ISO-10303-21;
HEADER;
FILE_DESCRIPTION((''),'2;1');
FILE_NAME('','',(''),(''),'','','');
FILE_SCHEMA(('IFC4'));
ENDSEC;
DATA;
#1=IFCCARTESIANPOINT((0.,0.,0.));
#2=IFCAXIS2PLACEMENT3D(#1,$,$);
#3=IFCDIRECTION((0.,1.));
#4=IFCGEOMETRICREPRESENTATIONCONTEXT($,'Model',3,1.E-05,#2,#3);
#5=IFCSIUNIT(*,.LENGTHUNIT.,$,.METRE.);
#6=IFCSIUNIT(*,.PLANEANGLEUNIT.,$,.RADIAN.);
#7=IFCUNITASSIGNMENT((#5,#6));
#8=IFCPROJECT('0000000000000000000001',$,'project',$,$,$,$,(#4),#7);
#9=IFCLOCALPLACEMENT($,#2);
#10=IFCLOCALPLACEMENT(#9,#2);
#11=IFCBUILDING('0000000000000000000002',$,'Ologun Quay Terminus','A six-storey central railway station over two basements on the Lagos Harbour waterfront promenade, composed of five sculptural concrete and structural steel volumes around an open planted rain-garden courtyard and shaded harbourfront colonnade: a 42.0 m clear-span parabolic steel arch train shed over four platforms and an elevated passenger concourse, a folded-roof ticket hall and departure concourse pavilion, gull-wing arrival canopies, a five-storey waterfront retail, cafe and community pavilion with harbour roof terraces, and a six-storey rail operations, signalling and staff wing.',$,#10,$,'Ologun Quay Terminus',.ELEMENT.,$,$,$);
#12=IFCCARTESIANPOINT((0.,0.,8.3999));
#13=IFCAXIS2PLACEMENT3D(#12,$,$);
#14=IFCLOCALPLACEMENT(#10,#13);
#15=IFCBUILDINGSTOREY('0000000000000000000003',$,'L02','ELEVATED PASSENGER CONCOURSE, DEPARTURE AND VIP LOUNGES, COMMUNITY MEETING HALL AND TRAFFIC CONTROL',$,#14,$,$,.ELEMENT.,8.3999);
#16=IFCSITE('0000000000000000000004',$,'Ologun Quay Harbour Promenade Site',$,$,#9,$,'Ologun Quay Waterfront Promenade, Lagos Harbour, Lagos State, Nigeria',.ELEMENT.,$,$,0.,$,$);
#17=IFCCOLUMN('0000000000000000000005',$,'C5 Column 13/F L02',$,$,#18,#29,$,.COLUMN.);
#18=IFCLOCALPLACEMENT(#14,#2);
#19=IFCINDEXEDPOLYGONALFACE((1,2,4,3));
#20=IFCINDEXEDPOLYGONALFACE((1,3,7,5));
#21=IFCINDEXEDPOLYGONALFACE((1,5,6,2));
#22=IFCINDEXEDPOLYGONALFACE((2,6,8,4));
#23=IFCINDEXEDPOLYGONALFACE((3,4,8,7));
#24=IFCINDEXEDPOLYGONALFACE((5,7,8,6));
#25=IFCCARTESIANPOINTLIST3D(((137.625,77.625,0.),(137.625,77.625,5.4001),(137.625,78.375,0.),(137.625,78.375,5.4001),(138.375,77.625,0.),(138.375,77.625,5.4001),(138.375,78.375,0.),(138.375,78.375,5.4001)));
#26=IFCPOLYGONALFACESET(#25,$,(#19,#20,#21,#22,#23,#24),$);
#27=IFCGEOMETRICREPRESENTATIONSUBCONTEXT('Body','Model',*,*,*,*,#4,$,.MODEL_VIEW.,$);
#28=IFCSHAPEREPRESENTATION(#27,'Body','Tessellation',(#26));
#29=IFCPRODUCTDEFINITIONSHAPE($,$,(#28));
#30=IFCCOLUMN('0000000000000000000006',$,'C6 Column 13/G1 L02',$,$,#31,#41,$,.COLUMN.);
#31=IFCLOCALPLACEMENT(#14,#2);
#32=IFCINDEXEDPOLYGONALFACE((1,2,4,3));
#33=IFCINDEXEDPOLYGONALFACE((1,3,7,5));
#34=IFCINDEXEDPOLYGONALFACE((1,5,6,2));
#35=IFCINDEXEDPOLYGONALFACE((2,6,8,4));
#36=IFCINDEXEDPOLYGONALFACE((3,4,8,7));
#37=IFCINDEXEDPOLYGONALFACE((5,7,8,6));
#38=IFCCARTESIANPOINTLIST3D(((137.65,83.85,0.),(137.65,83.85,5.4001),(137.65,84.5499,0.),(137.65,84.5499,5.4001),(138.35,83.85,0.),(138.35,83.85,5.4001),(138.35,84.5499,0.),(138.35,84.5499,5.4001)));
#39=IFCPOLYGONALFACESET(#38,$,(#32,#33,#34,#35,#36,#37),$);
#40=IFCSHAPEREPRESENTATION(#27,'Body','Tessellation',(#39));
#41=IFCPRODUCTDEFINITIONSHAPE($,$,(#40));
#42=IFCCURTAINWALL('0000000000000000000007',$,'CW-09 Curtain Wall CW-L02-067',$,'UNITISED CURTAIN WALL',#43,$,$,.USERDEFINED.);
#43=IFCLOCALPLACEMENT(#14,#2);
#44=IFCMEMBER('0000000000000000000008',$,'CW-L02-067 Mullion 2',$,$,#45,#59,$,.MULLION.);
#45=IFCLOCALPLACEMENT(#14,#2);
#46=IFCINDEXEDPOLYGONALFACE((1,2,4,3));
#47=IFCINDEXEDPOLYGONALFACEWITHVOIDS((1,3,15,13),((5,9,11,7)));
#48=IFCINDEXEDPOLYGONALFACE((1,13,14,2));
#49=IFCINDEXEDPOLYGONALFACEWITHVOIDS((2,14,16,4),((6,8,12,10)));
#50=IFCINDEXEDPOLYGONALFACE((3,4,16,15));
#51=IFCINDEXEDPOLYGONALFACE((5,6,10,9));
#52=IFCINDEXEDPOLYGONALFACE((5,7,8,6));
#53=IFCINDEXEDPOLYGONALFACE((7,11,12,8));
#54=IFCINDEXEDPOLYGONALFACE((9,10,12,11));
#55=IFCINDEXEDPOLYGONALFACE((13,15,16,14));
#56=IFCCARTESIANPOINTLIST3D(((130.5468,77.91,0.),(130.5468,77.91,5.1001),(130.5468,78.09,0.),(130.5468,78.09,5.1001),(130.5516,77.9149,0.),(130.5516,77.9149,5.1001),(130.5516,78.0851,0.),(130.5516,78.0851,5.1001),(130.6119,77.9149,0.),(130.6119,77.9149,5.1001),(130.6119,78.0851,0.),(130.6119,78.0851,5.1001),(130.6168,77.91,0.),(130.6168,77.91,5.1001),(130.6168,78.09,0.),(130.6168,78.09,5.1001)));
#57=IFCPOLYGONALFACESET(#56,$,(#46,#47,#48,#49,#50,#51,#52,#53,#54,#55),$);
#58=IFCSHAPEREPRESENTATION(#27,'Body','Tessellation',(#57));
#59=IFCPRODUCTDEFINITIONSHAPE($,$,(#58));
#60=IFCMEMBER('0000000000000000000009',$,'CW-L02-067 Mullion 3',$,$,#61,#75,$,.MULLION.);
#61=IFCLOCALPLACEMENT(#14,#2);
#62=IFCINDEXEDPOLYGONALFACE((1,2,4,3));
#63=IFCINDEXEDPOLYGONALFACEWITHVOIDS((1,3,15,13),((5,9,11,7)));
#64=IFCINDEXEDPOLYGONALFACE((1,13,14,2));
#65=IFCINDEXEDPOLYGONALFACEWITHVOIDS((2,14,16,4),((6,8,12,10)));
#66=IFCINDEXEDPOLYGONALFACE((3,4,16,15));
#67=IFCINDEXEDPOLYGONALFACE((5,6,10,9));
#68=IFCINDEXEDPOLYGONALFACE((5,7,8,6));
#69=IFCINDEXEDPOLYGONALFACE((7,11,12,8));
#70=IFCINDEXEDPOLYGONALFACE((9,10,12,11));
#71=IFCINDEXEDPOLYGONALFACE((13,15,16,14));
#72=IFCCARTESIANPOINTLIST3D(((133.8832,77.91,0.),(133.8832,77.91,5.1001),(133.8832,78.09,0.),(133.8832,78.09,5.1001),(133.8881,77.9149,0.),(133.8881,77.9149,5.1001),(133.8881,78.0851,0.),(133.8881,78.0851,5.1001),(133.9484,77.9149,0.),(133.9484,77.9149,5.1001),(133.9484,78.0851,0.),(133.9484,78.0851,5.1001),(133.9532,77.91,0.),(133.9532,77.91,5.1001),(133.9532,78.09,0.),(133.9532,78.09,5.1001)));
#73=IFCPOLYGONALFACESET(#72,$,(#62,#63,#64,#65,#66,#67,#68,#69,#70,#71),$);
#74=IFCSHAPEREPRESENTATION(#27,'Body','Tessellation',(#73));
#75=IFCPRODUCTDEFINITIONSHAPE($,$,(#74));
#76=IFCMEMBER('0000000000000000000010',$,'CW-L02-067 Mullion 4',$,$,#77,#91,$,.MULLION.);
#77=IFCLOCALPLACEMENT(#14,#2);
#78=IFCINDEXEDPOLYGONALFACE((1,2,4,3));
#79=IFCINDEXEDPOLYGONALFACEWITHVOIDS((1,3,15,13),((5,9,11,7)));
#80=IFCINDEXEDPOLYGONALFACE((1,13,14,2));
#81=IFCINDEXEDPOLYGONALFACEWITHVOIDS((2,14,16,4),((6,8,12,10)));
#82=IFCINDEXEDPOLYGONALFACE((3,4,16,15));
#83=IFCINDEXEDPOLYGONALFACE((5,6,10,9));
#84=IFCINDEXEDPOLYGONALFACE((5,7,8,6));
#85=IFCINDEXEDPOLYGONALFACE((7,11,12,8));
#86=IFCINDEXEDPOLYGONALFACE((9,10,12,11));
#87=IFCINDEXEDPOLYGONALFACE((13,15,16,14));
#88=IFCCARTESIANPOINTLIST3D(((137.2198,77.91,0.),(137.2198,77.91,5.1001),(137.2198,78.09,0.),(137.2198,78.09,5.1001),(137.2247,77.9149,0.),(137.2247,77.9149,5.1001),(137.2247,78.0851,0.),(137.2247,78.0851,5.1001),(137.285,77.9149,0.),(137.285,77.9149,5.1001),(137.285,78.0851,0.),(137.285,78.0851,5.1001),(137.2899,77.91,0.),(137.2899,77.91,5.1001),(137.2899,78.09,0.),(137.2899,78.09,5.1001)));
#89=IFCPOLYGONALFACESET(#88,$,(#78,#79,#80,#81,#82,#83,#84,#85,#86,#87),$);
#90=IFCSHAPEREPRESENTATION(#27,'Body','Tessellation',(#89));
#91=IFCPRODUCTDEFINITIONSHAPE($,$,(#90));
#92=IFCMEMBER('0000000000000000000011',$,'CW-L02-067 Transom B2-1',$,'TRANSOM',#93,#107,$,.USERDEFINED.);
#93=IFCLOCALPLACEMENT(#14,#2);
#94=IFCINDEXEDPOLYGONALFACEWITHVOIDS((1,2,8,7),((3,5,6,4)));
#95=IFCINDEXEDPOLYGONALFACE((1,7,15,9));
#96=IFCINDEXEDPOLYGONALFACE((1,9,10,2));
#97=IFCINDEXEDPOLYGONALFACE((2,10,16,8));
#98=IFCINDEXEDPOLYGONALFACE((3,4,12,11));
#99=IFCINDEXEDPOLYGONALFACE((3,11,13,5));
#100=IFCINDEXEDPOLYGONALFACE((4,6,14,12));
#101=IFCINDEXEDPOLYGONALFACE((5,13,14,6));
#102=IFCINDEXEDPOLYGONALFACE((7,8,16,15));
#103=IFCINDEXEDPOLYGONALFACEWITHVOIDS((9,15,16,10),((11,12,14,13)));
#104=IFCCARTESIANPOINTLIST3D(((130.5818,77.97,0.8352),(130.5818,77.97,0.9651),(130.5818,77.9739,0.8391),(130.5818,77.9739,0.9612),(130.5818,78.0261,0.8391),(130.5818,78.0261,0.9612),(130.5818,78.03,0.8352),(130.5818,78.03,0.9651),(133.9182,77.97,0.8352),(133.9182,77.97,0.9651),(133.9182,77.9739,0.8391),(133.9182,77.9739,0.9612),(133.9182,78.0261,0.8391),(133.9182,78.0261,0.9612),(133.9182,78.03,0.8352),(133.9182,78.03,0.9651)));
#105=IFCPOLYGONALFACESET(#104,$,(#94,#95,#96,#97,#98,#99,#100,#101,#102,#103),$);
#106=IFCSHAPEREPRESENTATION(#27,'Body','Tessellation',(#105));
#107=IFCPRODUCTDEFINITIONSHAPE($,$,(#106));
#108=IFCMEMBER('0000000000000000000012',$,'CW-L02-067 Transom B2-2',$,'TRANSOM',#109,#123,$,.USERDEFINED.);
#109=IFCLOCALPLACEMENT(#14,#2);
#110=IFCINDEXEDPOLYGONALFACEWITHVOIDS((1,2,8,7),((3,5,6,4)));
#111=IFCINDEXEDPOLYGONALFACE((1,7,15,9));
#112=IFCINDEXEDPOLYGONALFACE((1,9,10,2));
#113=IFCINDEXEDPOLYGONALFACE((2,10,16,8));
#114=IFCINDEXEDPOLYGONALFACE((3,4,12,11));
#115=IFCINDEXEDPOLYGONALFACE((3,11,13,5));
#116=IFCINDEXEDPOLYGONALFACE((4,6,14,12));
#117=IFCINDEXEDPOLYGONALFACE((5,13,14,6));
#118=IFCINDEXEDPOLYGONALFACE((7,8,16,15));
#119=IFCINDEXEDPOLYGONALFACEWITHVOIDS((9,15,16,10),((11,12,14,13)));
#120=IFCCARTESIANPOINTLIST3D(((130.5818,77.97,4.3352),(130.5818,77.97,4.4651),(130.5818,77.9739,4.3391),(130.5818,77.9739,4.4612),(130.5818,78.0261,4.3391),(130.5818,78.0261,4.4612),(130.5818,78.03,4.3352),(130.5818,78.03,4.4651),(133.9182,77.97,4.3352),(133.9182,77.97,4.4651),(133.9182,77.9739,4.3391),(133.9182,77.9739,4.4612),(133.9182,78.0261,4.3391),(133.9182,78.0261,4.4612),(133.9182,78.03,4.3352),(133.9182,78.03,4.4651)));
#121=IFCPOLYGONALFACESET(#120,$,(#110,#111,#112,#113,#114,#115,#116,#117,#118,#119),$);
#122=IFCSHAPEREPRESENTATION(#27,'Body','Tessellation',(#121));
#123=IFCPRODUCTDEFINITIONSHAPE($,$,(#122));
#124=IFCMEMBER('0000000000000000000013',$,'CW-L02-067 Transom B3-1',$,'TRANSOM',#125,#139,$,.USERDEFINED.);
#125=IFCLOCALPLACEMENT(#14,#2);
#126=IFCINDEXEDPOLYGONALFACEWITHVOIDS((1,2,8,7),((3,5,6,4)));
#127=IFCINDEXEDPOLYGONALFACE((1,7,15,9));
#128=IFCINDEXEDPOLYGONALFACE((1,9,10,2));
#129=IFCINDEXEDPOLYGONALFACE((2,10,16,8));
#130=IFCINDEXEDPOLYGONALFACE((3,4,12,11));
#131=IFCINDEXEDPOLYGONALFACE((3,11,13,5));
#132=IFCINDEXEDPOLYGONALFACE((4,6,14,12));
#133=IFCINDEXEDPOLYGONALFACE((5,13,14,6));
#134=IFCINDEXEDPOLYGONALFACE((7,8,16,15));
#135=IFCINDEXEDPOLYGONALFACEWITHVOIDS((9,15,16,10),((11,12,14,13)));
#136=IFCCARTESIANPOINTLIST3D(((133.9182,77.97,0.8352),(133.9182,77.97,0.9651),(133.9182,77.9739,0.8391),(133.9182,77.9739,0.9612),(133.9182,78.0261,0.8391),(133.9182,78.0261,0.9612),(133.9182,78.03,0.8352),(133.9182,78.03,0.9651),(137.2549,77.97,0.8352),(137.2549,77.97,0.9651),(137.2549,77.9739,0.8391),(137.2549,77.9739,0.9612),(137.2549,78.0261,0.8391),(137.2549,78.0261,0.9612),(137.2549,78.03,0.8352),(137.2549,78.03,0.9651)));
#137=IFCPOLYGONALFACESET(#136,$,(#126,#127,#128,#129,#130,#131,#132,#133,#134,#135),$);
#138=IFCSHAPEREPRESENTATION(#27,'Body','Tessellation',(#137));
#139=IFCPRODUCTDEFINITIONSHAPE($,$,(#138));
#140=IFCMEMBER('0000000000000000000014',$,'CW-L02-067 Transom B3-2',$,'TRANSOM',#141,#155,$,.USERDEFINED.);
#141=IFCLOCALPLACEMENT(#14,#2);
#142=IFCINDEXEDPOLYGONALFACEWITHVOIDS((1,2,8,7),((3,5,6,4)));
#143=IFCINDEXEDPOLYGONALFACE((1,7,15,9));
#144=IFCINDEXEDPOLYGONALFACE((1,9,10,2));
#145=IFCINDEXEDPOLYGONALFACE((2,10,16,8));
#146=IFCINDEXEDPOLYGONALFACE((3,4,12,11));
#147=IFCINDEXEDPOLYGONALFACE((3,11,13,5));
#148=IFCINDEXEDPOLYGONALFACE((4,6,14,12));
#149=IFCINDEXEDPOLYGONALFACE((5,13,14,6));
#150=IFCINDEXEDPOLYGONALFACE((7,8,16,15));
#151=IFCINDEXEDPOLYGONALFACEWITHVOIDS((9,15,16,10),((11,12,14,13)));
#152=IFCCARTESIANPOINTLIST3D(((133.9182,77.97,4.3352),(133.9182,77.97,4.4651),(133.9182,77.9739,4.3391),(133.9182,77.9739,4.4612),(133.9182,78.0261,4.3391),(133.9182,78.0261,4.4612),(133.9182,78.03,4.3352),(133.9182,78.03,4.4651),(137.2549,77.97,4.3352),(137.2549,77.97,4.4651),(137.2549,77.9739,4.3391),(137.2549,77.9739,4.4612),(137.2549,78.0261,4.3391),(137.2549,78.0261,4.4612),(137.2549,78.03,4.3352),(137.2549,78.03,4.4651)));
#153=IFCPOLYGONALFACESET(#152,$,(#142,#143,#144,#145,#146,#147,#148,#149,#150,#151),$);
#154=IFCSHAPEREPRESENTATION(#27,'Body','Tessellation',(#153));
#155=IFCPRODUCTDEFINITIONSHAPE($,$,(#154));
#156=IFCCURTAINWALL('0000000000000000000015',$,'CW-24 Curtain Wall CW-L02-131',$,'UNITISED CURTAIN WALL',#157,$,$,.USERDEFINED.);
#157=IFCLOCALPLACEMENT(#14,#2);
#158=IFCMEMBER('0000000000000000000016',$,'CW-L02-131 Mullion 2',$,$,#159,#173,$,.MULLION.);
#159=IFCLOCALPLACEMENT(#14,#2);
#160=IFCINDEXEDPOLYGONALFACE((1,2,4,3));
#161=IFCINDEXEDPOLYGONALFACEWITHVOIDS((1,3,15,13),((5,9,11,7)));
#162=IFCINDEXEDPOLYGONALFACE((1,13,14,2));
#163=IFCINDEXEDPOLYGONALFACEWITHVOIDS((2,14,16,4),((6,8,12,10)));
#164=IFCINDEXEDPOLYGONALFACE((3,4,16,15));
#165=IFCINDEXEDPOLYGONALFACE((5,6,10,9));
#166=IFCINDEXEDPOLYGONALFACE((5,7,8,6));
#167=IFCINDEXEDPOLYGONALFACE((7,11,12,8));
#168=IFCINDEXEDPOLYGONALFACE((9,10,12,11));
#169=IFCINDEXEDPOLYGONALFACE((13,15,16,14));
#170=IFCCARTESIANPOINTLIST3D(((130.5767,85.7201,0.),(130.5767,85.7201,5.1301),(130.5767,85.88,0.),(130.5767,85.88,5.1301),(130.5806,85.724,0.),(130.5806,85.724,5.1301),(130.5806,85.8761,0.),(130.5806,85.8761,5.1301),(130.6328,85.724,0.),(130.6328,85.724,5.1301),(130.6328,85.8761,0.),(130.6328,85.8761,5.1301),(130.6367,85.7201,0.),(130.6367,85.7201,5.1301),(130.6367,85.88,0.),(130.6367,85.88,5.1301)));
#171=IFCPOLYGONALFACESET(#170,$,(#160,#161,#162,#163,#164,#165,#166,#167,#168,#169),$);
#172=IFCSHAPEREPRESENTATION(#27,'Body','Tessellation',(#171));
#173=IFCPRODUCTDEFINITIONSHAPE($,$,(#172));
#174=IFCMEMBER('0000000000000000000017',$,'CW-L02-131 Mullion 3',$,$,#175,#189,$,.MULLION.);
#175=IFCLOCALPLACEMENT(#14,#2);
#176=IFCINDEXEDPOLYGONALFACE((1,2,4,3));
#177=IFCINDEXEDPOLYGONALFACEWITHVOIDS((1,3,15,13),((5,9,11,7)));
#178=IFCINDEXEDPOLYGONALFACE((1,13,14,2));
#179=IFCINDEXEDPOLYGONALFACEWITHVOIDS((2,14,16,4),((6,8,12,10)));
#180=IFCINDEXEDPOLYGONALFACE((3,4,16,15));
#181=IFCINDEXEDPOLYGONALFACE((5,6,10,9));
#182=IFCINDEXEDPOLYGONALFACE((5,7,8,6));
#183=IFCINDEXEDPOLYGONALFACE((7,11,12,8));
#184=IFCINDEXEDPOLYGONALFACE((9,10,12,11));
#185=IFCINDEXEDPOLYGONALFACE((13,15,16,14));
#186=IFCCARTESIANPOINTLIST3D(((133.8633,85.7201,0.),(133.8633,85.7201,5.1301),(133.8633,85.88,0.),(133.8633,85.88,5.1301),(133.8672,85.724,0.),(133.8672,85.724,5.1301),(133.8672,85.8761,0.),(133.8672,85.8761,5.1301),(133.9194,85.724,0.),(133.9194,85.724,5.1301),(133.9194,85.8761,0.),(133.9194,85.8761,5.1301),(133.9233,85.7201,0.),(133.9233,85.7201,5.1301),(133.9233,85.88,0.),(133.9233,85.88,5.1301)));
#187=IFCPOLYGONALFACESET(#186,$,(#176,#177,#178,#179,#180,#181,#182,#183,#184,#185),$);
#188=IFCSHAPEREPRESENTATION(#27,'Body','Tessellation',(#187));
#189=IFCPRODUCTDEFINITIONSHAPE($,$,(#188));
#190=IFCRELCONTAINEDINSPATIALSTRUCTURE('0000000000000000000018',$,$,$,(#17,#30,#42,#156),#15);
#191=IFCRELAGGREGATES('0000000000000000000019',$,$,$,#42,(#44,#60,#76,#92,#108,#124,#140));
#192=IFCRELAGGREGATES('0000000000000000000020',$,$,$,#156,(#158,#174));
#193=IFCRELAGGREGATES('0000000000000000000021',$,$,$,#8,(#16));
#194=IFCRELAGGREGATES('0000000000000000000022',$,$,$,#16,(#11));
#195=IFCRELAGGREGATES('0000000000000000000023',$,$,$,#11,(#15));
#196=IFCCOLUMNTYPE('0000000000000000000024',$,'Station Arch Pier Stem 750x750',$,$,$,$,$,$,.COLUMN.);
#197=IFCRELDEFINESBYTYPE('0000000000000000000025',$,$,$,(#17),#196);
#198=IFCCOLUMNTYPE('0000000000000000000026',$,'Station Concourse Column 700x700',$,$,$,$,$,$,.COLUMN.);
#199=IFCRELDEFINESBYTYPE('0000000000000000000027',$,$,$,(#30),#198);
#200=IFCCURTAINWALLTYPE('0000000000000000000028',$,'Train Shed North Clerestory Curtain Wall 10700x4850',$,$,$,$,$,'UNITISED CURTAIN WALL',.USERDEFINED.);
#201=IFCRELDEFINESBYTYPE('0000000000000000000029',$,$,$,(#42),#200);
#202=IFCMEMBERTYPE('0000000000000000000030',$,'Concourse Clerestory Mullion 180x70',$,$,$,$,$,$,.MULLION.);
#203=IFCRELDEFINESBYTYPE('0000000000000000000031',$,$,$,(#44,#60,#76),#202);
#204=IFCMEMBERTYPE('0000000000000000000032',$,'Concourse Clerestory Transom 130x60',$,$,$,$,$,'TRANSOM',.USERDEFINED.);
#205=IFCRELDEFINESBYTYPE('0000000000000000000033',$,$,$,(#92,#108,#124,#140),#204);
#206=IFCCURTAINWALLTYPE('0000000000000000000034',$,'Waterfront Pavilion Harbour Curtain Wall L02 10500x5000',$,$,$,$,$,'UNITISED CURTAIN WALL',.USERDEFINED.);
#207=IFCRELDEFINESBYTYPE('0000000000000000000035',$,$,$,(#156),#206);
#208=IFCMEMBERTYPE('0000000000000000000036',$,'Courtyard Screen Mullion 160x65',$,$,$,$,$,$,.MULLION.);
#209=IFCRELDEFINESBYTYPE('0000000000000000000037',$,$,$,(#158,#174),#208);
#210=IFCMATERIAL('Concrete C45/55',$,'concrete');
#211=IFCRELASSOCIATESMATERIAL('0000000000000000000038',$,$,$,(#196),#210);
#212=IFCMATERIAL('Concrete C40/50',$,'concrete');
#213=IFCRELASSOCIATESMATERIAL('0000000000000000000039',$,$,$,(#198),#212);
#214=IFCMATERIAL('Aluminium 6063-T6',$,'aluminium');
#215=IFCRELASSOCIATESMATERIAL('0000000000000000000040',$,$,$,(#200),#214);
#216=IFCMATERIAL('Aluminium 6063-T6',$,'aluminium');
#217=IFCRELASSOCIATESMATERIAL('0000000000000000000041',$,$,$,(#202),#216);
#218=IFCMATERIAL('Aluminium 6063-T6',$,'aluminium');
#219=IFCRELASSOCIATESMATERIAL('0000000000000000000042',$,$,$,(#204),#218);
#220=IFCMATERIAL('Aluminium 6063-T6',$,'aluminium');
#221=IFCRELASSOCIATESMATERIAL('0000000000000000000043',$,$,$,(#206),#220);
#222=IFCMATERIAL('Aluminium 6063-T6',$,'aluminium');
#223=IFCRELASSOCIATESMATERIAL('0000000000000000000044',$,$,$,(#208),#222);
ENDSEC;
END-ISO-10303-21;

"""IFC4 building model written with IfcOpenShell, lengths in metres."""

from ifc_helpers import new_model, si_unit, direction, frame, origin, origin_2d, place, context, subcontext, project, spatial, rectangle, hollow_rectangle, extrude, material, material_profile, profile_set, type_object, element, aggregate, save


model = new_model("IFC4")

# Units and contexts
model_context = context("Model", 3, precision=1e-05, world=origin(), true_north=direction((0.0, 1.0)))
body_context = subcontext(model_context, "Body", "Model", "MODEL_VIEW")
ifc_project = project(units=[si_unit("LENGTHUNIT", "METRE"), si_unit("PLANEANGLEUNIT", "RADIAN")], contexts=[model_context])

# Site, building, storey
site_placement = place(None, origin())
site = spatial("IfcSite", under=ifc_project, at=site_placement, Name="Ologun Quay Harbour Promenade Site", LongName="Ologun Quay Waterfront Promenade, Lagos Harbour, Lagos State, Nigeria", CompositionType="ELEMENT", RefElevation=0.0)
building_placement = place(site_placement, origin())
building = spatial("IfcBuilding", under=site, at=building_placement, Name="Ologun Quay Terminus", Description="A six-storey central railway station over two basements on the Lagos Harbour waterfront promenade, composed of five sculptural concrete and structural steel volumes around an open planted rain-garden courtyard and shaded harbourfront colonnade: a 42.0 m clear-span parabolic steel arch train shed over four platforms and an elevated passenger concourse, a folded-roof ticket hall and departure concourse pavilion, gull-wing arrival canopies, a five-storey waterfront retail, cafe and community pavilion with harbour roof terraces, and a six-storey rail operations, signalling and staff wing.", LongName="Ologun Quay Terminus", CompositionType="ELEMENT")
storey_placement = place(building_placement, frame((0.0, 0.0, 8.3999)))
storey = spatial("IfcBuildingStorey", under=building, at=storey_placement, Name="L02", Description="ELEVATED PASSENGER CONCOURSE, DEPARTURE AND VIP LOUNGES, COMMUNITY MEETING HALL AND TRAFFIC CONTROL", CompositionType="ELEMENT", Elevation=8.3999)

# Columns
ifc_material_1 = material(Name="Concrete C45/55", Category="concrete")
ifc_material_profile_1 = material_profile(ifc_material_1, rectangle(XDim=0.75, YDim=0.75, at=origin_2d()), Name="RC 750x750")
ifc_profile_set_1 = profile_set([ifc_material_profile_1], Name="Concrete C45/55")
column_type_1 = type_object("IfcColumnType", Name="Station Arch Pier Stem 750x750", PredefinedType="COLUMN", material=ifc_profile_set_1)
column_1_placement = place(storey_placement, frame((138.0, 78.0, 0.0), z_axis=(0.0, 0.0, 1.0), x_axis=(1.0, 0.0, 0.0)))
element("IfcColumn", 1, at=column_1_placement, inside=storey, type_object=column_type_1, Name="C5 Column 13/F L02", PredefinedType="COLUMN", context=body_context, shape_type="SweptSolid", body=[
    extrude(rectangle(XDim=0.75, YDim=0.75, at=origin_2d()), origin(), (0.0, 0.0, 1.0), 5.4001),
])
ifc_material_2 = material(Name="Concrete C40/50", Category="concrete")
ifc_material_profile_2 = material_profile(ifc_material_2, rectangle(XDim=0.7, YDim=0.7, at=origin_2d()), Name="RC 700x700")
ifc_profile_set_2 = profile_set([ifc_material_profile_2], Name="Concrete C40/50")
column_type_2 = type_object("IfcColumnType", Name="Station Concourse Column 700x700", PredefinedType="COLUMN", material=ifc_profile_set_2)
column_2_placement = place(storey_placement, frame((138.0, 84.2, 0.0), z_axis=(0.0, 0.0, 1.0), x_axis=(1.0, 0.0, 0.0)))
element("IfcColumn", 2, at=column_2_placement, inside=storey, type_object=column_type_2, Name="C6 Column 13/G1 L02", PredefinedType="COLUMN", context=body_context, shape_type="SweptSolid", body=[
    extrude(rectangle(XDim=0.7, YDim=0.7, at=origin_2d()), origin(), (0.0, 0.0, 1.0), 5.4001),
])

# Curtain walls, members
ifc_material_3 = material(Name="Aluminium 6063-T6", Category="aluminium")
curtain_wall_type_1 = type_object("IfcCurtainWallType", Name="Train Shed North Clerestory Curtain Wall 10700x4850", ElementType="UNITISED CURTAIN WALL", PredefinedType="USERDEFINED", material=ifc_material_3)
curtain_wall_1_placement = place(storey_placement, origin())
curtain_wall_1 = element("IfcCurtainWall", 3, at=curtain_wall_1_placement, inside=storey, type_object=curtain_wall_type_1, Name="CW-09 Curtain Wall CW-L02-067", ObjectType="UNITISED CURTAIN WALL", PredefinedType="USERDEFINED")
ifc_material_4 = material(Name="Aluminium 6063-T6", Category="aluminium")
ifc_material_profile_3 = material_profile(ifc_material_4, hollow_rectangle(XDim=0.0701, YDim=0.1799, WallThickness=0.0049, at=origin_2d()), Name="ALU 180x70x5")
ifc_profile_set_3 = profile_set([ifc_material_profile_3], Name="Aluminium 6063-T6")
member_type_1 = type_object("IfcMemberType", Name="Concourse Clerestory Mullion 180x70", PredefinedType="MULLION", material=ifc_profile_set_3)
member_1_placement = place(storey_placement, frame((130.5818, 78.0, 0.0), z_axis=(0.0, 0.0, 1.0), x_axis=(1.0, 0.0, 0.0)))
member_1 = element("IfcMember", 4, at=member_1_placement, type_object=member_type_1, Name="CW-L02-067 Mullion 2", PredefinedType="MULLION", context=body_context, shape_type="SweptSolid", body=[
    extrude(hollow_rectangle(XDim=0.0701, YDim=0.1799, WallThickness=0.0049, at=origin_2d()), origin(), (0.0, 0.0, 1.0), 5.1001),
])
member_2_placement = place(storey_placement, frame((133.9182, 78.0, 0.0), z_axis=(0.0, 0.0, 1.0), x_axis=(1.0, 0.0, 0.0)))
member_2 = element("IfcMember", 5, at=member_2_placement, type_object=member_type_1, Name="CW-L02-067 Mullion 3", PredefinedType="MULLION", context=body_context, shape_type="SweptSolid", body=[
    extrude(hollow_rectangle(XDim=0.0701, YDim=0.1799, WallThickness=0.0049, at=origin_2d()), origin(), (0.0, 0.0, 1.0), 5.1001),
])
member_3_placement = place(storey_placement, frame((137.2549, 78.0, 0.0), z_axis=(0.0, 0.0, 1.0), x_axis=(1.0, 0.0, 0.0)))
member_3 = element("IfcMember", 6, at=member_3_placement, type_object=member_type_1, Name="CW-L02-067 Mullion 4", PredefinedType="MULLION", context=body_context, shape_type="SweptSolid", body=[
    extrude(hollow_rectangle(XDim=0.0701, YDim=0.1799, WallThickness=0.0049, at=origin_2d()), origin(), (0.0, 0.0, 1.0), 5.1001),
])
ifc_material_5 = material(Name="Aluminium 6063-T6", Category="aluminium")
ifc_material_profile_4 = material_profile(ifc_material_5, hollow_rectangle(XDim=0.0601, YDim=0.1299, WallThickness=0.0039, at=origin_2d()), Name="ALU 130x60x4")
ifc_profile_set_4 = profile_set([ifc_material_profile_4], Name="Aluminium 6063-T6")
member_type_2 = type_object("IfcMemberType", Name="Concourse Clerestory Transom 130x60", ElementType="TRANSOM", PredefinedType="USERDEFINED", material=ifc_profile_set_4)
member_4_placement = place(storey_placement, frame((130.5818, 78.0, 0.9001), z_axis=(1.0, 0.0, 0.0), x_axis=(0.0, 1.0, 0.0)))
member_4 = element("IfcMember", 7, at=member_4_placement, type_object=member_type_2, Name="CW-L02-067 Transom B2-1", ObjectType="TRANSOM", PredefinedType="USERDEFINED", context=body_context, shape_type="SweptSolid", body=[
    extrude(hollow_rectangle(XDim=0.0601, YDim=0.1299, WallThickness=0.0039, at=origin_2d()), origin(), (0.0, 0.0, 1.0), 3.3364),
])
member_5_placement = place(storey_placement, frame((130.5818, 78.0, 4.4001), z_axis=(1.0, 0.0, 0.0), x_axis=(0.0, 1.0, 0.0)))
member_5 = element("IfcMember", 8, at=member_5_placement, type_object=member_type_2, Name="CW-L02-067 Transom B2-2", ObjectType="TRANSOM", PredefinedType="USERDEFINED", context=body_context, shape_type="SweptSolid", body=[
    extrude(hollow_rectangle(XDim=0.0601, YDim=0.1299, WallThickness=0.0039, at=origin_2d()), origin(), (0.0, 0.0, 1.0), 3.3364),
])
member_6_placement = place(storey_placement, frame((133.9182, 78.0, 0.9001), z_axis=(1.0, 0.0, 0.0), x_axis=(0.0, 1.0, 0.0)))
member_6 = element("IfcMember", 9, at=member_6_placement, type_object=member_type_2, Name="CW-L02-067 Transom B3-1", ObjectType="TRANSOM", PredefinedType="USERDEFINED", context=body_context, shape_type="SweptSolid", body=[
    extrude(hollow_rectangle(XDim=0.0601, YDim=0.1299, WallThickness=0.0039, at=origin_2d()), origin(), (0.0, 0.0, 1.0), 3.3367),
])
member_7_placement = place(storey_placement, frame((133.9182, 78.0, 4.4001), z_axis=(1.0, 0.0, 0.0), x_axis=(0.0, 1.0, 0.0)))
member_7 = element("IfcMember", 10, at=member_7_placement, type_object=member_type_2, Name="CW-L02-067 Transom B3-2", ObjectType="TRANSOM", PredefinedType="USERDEFINED", context=body_context, shape_type="SweptSolid", body=[
    extrude(hollow_rectangle(XDim=0.0601, YDim=0.1299, WallThickness=0.0039, at=origin_2d()), origin(), (0.0, 0.0, 1.0), 3.3367),
])
ifc_material_6 = material(Name="Aluminium 6063-T6", Category="aluminium")
curtain_wall_type_2 = type_object("IfcCurtainWallType", Name="Waterfront Pavilion Harbour Curtain Wall L02 10500x5000", ElementType="UNITISED CURTAIN WALL", PredefinedType="USERDEFINED", material=ifc_material_6)
curtain_wall_2_placement = place(storey_placement, origin())
curtain_wall_2 = element("IfcCurtainWall", 11, at=curtain_wall_2_placement, inside=storey, type_object=curtain_wall_type_2, Name="CW-24 Curtain Wall CW-L02-131", ObjectType="UNITISED CURTAIN WALL", PredefinedType="USERDEFINED")
ifc_material_7 = material(Name="Aluminium 6063-T6", Category="aluminium")
ifc_material_profile_5 = material_profile(ifc_material_7, hollow_rectangle(XDim=0.0601, YDim=0.1599, WallThickness=0.0039, at=origin_2d()), Name="ALU 160x60x4")
ifc_profile_set_5 = profile_set([ifc_material_profile_5], Name="Aluminium 6063-T6")
member_type_3 = type_object("IfcMemberType", Name="Courtyard Screen Mullion 160x65", PredefinedType="MULLION", material=ifc_profile_set_5)
member_8_placement = place(storey_placement, frame((130.6067, 85.8, 0.0), z_axis=(0.0, 0.0, 1.0), x_axis=(1.0, 0.0, 0.0)))
member_8 = element("IfcMember", 12, at=member_8_placement, type_object=member_type_3, Name="CW-L02-131 Mullion 2", PredefinedType="MULLION", context=body_context, shape_type="SweptSolid", body=[
    extrude(hollow_rectangle(XDim=0.0601, YDim=0.1599, WallThickness=0.0039, at=origin_2d()), origin(), (0.0, 0.0, 1.0), 5.1301),
])
member_9_placement = place(storey_placement, frame((133.8933, 85.8, 0.0), z_axis=(0.0, 0.0, 1.0), x_axis=(1.0, 0.0, 0.0)))
member_9 = element("IfcMember", 13, at=member_9_placement, type_object=member_type_3, Name="CW-L02-131 Mullion 3", PredefinedType="MULLION", context=body_context, shape_type="SweptSolid", body=[
    extrude(hollow_rectangle(XDim=0.0601, YDim=0.1599, WallThickness=0.0039, at=origin_2d()), origin(), (0.0, 0.0, 1.0), 5.1301),
])

aggregate(curtain_wall_1, [member_1, member_2, member_3, member_4, member_5, member_6, member_7])
aggregate(curtain_wall_2, [member_8, member_9])

save(model, "model.ifc")
